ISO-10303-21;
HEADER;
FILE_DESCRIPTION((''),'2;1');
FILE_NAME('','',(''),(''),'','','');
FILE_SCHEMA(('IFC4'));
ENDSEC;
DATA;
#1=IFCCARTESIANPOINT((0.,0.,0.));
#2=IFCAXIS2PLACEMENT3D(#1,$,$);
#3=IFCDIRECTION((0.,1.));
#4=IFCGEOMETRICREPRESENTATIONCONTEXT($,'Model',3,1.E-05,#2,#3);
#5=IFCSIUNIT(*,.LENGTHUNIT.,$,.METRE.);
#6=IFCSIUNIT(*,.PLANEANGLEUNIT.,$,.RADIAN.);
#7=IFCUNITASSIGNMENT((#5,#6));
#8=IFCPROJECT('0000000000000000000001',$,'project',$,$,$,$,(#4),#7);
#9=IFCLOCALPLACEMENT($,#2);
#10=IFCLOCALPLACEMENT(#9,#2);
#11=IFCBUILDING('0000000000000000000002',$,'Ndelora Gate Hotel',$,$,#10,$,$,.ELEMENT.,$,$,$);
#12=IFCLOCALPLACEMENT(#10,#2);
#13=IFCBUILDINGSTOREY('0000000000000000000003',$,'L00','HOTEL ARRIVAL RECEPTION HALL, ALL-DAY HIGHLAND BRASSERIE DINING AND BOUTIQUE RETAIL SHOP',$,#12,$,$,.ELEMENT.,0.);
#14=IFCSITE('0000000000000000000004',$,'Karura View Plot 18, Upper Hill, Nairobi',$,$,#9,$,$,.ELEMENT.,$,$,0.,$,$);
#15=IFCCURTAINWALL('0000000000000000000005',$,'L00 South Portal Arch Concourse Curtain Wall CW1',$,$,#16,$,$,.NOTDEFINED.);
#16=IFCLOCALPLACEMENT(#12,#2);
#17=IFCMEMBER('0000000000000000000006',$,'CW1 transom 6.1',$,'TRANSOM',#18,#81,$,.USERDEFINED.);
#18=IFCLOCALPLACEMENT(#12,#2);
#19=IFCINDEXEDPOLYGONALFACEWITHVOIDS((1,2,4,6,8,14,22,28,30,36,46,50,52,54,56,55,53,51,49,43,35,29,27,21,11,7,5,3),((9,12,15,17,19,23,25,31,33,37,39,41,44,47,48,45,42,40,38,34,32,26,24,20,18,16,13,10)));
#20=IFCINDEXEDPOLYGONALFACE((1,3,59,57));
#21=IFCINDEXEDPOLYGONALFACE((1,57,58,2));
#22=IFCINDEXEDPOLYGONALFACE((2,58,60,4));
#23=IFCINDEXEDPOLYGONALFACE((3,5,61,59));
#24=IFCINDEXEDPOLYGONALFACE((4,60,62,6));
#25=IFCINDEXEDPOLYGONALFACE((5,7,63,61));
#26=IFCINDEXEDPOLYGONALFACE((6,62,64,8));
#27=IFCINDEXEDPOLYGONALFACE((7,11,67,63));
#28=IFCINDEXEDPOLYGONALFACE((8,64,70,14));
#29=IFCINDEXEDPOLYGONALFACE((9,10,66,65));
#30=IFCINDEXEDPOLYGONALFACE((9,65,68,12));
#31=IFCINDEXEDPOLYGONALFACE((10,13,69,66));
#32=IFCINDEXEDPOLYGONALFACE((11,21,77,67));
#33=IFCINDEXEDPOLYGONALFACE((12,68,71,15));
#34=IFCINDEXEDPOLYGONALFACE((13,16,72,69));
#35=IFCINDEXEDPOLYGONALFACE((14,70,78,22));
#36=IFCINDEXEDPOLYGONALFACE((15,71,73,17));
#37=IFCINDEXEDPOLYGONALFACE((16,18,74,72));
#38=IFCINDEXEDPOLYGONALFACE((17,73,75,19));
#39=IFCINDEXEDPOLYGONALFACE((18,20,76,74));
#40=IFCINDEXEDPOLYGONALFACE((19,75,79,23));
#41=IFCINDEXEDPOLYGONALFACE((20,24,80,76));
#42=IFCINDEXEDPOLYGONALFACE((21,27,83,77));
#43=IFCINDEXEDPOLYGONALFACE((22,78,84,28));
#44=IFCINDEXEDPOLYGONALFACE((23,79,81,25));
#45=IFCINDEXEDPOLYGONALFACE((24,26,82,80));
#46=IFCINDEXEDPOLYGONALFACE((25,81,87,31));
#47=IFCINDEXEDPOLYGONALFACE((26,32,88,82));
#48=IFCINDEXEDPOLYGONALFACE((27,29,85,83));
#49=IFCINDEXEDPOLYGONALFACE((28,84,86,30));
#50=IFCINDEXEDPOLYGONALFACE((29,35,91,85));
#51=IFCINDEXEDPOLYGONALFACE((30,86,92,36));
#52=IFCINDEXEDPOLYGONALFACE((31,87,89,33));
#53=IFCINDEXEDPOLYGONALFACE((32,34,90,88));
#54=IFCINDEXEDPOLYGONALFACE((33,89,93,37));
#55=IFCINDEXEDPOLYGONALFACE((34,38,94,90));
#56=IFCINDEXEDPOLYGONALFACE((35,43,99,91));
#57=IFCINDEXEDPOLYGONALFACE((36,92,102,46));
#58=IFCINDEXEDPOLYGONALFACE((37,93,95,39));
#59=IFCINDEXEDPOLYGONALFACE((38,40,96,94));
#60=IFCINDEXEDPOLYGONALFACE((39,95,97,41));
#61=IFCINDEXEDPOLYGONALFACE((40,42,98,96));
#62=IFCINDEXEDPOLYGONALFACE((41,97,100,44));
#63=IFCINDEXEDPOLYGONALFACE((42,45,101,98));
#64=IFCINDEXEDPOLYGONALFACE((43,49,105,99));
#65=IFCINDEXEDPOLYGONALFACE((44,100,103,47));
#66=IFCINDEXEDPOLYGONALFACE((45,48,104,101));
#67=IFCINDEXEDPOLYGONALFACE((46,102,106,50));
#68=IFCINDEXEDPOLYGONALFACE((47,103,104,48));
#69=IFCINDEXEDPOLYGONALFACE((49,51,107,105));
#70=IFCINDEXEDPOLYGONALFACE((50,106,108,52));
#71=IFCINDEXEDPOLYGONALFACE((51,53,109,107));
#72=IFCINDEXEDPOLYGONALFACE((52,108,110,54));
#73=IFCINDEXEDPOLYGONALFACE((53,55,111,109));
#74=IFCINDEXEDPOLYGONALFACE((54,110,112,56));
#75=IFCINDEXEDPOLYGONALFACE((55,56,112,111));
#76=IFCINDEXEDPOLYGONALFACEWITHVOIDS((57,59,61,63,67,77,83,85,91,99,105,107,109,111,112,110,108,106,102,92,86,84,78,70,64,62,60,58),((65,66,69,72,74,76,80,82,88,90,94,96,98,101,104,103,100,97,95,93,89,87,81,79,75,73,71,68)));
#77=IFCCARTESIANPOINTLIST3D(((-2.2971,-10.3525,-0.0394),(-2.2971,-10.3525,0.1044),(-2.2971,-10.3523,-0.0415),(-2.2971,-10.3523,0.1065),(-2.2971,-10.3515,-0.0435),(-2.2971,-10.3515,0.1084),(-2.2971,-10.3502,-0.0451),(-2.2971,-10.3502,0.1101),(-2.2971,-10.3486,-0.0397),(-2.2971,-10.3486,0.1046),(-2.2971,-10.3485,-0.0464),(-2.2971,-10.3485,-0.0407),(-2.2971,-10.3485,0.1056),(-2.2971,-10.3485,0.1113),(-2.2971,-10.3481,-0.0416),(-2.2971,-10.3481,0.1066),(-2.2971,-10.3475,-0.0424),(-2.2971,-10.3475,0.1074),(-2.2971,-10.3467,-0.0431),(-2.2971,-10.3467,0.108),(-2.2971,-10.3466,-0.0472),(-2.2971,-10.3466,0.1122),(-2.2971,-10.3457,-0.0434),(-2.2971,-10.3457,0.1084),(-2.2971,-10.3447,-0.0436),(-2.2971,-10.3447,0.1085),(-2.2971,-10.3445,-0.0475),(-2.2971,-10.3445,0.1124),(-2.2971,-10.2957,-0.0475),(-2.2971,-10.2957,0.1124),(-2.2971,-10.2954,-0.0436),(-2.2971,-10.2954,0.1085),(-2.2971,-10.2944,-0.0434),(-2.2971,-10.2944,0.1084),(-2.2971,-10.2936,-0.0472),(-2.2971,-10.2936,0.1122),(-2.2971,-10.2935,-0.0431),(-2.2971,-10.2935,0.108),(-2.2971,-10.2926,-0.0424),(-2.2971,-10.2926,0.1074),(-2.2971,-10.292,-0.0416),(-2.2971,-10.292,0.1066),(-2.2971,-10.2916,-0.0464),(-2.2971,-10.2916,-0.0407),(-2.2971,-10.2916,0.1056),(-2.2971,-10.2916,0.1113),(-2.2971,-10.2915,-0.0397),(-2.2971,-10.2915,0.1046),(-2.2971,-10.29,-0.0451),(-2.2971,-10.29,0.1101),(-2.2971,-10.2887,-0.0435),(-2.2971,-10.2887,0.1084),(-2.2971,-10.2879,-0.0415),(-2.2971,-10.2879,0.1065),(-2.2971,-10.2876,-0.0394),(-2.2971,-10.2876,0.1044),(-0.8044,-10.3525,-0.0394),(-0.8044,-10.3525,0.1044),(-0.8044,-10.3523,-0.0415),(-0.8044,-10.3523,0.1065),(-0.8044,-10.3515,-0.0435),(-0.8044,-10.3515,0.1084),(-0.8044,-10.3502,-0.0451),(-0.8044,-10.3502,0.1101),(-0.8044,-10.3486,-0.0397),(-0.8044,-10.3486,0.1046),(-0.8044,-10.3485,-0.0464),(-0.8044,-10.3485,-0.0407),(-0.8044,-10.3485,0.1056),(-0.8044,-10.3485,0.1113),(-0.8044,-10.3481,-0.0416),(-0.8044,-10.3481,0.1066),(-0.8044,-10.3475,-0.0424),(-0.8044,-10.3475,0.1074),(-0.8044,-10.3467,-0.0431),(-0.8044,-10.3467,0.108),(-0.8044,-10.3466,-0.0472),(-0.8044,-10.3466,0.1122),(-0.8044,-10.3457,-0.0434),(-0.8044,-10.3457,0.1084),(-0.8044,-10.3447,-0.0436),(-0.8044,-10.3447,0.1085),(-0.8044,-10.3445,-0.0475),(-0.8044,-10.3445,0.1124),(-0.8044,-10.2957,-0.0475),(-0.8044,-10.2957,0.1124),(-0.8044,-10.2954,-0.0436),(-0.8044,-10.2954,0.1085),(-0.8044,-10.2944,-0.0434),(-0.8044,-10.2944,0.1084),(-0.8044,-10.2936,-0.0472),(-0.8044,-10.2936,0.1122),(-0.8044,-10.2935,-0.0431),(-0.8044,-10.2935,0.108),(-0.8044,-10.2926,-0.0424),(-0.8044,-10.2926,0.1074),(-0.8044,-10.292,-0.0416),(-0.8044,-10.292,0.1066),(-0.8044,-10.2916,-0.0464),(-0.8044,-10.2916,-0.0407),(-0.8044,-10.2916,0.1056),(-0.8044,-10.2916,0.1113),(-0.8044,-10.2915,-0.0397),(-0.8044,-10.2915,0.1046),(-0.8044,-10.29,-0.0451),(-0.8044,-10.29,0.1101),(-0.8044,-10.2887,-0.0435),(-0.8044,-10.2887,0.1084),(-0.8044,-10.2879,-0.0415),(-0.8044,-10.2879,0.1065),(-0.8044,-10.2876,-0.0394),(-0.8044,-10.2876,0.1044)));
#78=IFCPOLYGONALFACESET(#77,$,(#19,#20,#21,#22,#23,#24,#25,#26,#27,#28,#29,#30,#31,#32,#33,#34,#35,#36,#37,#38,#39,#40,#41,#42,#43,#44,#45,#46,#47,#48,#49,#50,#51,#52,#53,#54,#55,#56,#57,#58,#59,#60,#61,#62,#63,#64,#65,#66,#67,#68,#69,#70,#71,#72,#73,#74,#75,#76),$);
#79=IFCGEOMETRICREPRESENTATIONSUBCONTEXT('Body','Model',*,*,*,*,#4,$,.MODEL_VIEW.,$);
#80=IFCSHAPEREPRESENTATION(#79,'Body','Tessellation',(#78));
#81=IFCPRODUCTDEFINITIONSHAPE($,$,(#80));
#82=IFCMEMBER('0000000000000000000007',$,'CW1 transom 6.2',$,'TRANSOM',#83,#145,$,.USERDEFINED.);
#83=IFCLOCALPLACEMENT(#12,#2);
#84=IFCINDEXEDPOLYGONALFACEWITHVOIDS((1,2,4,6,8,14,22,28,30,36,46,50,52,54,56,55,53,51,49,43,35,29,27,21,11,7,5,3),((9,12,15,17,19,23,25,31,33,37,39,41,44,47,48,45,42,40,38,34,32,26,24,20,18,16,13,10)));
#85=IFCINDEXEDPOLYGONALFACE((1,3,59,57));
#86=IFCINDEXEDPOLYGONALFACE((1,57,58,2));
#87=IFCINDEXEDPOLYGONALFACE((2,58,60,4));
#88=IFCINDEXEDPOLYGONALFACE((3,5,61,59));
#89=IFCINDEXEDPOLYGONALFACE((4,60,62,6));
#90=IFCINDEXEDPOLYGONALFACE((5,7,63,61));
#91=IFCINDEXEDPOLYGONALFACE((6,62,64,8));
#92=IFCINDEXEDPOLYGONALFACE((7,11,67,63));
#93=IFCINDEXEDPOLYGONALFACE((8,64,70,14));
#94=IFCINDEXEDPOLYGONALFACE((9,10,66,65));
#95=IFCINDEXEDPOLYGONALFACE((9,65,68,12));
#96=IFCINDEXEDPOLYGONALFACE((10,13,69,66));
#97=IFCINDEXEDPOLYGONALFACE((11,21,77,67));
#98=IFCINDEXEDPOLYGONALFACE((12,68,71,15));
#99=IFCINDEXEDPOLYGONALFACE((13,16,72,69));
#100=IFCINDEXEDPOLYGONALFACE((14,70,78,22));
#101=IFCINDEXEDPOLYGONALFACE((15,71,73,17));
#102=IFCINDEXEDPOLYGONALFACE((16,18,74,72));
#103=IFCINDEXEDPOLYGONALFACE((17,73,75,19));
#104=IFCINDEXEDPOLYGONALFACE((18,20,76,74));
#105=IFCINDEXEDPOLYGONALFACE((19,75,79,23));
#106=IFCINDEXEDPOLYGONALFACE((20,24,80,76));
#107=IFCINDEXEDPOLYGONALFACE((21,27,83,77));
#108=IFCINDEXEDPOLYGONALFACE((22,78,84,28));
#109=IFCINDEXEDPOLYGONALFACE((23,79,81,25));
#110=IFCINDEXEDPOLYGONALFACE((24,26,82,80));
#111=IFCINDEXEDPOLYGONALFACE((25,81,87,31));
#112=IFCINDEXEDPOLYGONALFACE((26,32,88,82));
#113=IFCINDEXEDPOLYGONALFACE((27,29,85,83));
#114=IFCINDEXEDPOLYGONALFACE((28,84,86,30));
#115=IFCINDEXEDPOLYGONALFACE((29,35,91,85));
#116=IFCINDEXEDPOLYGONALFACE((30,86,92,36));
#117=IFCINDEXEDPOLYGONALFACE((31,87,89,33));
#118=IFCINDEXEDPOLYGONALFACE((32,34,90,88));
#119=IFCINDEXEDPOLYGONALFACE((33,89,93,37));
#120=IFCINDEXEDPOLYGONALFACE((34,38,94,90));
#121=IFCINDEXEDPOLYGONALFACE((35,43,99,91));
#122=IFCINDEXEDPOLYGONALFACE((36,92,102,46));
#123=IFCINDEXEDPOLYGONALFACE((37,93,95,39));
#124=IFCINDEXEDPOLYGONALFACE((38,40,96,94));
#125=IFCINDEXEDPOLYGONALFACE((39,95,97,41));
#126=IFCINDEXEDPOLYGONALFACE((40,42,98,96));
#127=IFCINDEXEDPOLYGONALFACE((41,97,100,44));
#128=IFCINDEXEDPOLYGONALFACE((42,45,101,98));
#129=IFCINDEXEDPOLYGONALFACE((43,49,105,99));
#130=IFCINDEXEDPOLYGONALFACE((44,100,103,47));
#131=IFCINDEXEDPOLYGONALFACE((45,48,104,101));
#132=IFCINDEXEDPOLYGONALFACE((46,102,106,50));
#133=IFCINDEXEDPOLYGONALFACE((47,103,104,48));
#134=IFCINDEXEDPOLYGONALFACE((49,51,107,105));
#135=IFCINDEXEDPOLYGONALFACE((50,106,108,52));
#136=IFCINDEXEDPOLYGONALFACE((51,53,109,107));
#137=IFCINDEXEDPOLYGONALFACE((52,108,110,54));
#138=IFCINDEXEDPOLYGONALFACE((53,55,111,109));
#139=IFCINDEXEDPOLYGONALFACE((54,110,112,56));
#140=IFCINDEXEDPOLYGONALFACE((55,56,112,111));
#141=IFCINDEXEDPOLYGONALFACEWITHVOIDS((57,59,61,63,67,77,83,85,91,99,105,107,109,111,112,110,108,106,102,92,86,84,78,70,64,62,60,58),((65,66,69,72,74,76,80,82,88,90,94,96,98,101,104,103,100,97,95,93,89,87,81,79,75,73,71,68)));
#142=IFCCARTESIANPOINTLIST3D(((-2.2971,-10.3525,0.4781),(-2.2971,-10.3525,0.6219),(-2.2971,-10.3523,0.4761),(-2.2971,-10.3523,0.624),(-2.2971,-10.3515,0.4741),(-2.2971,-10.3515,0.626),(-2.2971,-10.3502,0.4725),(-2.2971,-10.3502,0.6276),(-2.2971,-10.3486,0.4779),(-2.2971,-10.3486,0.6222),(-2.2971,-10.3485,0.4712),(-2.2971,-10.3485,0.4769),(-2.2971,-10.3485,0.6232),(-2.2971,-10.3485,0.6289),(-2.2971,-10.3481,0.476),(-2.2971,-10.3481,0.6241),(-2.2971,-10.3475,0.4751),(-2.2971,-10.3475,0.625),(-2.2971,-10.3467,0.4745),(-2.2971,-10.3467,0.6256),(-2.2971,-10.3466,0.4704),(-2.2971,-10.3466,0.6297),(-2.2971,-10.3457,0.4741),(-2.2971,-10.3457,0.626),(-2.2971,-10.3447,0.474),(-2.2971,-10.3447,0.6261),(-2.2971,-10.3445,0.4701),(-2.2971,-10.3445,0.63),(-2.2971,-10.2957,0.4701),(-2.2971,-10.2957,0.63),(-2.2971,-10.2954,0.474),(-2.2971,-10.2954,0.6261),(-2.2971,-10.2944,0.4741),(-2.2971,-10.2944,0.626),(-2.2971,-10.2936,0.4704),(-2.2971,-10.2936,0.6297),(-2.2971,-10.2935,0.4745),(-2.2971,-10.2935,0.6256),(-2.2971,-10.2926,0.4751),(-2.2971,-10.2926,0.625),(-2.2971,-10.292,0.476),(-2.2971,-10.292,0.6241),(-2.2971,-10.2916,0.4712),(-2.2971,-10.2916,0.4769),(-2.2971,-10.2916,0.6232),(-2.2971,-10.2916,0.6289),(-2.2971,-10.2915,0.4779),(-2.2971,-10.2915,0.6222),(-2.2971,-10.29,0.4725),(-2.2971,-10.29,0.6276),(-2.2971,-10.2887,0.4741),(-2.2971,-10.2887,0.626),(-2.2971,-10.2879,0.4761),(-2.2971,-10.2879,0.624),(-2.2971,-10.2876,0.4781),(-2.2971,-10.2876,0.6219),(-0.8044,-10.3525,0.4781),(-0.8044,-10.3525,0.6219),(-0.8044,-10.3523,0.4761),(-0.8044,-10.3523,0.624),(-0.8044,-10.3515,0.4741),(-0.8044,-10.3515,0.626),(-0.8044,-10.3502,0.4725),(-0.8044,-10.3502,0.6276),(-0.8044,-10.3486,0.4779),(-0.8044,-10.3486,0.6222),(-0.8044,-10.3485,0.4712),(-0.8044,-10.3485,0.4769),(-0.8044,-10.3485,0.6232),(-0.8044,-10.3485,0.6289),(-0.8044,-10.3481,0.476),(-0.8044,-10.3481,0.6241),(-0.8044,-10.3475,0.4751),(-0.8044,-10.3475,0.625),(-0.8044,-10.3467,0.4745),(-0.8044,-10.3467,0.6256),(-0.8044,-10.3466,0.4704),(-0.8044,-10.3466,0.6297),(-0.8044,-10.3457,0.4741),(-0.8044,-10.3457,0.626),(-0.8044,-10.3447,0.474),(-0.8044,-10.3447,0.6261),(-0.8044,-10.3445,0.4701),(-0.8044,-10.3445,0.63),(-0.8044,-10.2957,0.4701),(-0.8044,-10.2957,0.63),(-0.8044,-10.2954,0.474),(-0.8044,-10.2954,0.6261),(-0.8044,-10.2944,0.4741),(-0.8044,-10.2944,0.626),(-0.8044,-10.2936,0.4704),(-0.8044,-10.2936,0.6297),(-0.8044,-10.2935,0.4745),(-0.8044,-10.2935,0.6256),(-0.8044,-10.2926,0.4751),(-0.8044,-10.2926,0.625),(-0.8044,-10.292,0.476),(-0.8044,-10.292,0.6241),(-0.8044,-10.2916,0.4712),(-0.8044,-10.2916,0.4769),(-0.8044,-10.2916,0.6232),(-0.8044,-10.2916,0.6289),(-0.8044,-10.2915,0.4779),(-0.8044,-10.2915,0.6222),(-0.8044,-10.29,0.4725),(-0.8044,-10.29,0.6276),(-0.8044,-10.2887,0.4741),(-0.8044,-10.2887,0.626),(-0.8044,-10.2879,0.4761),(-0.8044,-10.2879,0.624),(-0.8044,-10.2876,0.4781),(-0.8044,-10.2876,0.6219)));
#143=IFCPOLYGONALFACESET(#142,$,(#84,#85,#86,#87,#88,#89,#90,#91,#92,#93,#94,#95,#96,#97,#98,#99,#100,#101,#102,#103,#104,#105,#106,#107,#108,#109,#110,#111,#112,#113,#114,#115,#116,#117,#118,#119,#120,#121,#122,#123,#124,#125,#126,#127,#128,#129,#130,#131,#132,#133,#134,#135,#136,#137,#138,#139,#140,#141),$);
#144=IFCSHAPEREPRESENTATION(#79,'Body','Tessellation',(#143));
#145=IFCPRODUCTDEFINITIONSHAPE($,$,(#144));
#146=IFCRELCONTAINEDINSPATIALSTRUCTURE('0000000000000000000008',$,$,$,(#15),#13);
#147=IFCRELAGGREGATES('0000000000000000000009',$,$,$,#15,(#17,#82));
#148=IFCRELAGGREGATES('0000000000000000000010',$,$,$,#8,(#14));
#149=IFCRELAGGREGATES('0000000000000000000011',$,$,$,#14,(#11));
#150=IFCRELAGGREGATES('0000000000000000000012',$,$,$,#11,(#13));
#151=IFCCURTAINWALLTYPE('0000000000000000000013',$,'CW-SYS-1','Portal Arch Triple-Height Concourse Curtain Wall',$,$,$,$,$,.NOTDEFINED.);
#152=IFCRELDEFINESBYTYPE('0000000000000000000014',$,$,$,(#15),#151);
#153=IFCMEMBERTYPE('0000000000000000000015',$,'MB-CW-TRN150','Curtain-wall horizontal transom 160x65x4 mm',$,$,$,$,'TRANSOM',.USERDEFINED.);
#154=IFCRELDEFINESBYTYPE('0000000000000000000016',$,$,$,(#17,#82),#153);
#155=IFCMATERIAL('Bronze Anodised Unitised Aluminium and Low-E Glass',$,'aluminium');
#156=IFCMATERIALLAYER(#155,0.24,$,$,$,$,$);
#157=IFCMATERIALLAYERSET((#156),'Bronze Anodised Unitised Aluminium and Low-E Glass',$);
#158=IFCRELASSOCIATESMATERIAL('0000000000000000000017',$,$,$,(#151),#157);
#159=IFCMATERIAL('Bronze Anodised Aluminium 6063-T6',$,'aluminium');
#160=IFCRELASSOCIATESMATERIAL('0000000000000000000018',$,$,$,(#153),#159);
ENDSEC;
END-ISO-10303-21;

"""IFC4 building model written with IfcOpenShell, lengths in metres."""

from ifc_helpers import new_model, si_unit, direction, frame, origin, origin_2d, place, context, subcontext, project, spatial, hollow_rectangle, extrude, material, layer, layer_set, material_profile, profile_set, type_object, element, aggregate, save


model = new_model("IFC4")

# Units and contexts
model_context = context("Model", 3, precision=1e-05, world=origin(), true_north=direction((0.0, 1.0)))
body_context = subcontext(model_context, "Body", "Model", "MODEL_VIEW")
ifc_project = project(units=[si_unit("LENGTHUNIT", "METRE"), si_unit("PLANEANGLEUNIT", "RADIAN")], contexts=[model_context])

# Site, building, storey
site_placement = place(None, origin())
site = spatial("IfcSite", under=ifc_project, at=site_placement, Name="Karura View Plot 18, Upper Hill, Nairobi", CompositionType="ELEMENT", RefElevation=0.0)
building_placement = place(site_placement, origin())
building = spatial("IfcBuilding", under=site, at=building_placement, Name="Ndelora Gate Hotel", CompositionType="ELEMENT")
storey_placement = place(building_placement, origin())
storey = spatial("IfcBuildingStorey", under=building, at=storey_placement, Name="L00", Description="HOTEL ARRIVAL RECEPTION HALL, ALL-DAY HIGHLAND BRASSERIE DINING AND BOUTIQUE RETAIL SHOP", CompositionType="ELEMENT", Elevation=0.0)

# Curtain wall, members
ifc_material_1 = material(Name="Bronze Anodised Unitised Aluminium and Low-E Glass", Category="aluminium")
ifc_layer_1 = layer(ifc_material_1, 0.24)
ifc_layer_set_1 = layer_set([ifc_layer_1], Name="Bronze Anodised Unitised Aluminium and Low-E Glass")
curtain_wall_type = type_object("IfcCurtainWallType", Name="CW-SYS-1", Description="Portal Arch Triple-Height Concourse Curtain Wall", PredefinedType="NOTDEFINED", material=ifc_layer_set_1)
curtain_wall_placement = place(storey_placement, origin())
curtain_wall = element("IfcCurtainWall", 1, at=curtain_wall_placement, inside=storey, type_object=curtain_wall_type, Name="L00 South Portal Arch Concourse Curtain Wall CW1", PredefinedType="NOTDEFINED")
ifc_material_2 = material(Name="Bronze Anodised Aluminium 6063-T6", Category="aluminium")
ifc_material_profile_1 = material_profile(ifc_material_2, hollow_rectangle(XDim=0.0649, YDim=0.1599, WallThickness=0.0039, InnerFilletRadius=0.0039, OuterFilletRadius=0.0081, at=origin_2d()), Name="ALU 160x65x4")
ifc_profile_set_1 = profile_set([ifc_material_profile_1], Name="Bronze Anodised Aluminium 6063-T6")
member_type_1 = type_object("IfcMemberType", Name="MB-CW-TRN150", Description="Curtain-wall horizontal transom 160x65x4 mm", ElementType="TRANSOM", PredefinedType="USERDEFINED", material=ifc_profile_set_1)
member_1_placement = place(storey_placement, frame((-2.2971, -10.3201, 0.0325), z_axis=(1.0, 0.0, 0.0), x_axis=(0.0, 1.0, 0.0)))
member_1 = element("IfcMember", 2, at=member_1_placement, type_object=member_type_1, Name="CW1 transom 6.1", ObjectType="TRANSOM", PredefinedType="USERDEFINED", context=body_context, shape_type="SweptSolid", body=[
    extrude(hollow_rectangle(XDim=0.0649, YDim=0.1599, WallThickness=0.0039, InnerFilletRadius=0.0039, OuterFilletRadius=0.0081, at=origin_2d()), origin(), (0.0, 0.0, 1.0), 1.4927),
])
member_2_placement = place(storey_placement, frame((-2.2971, -10.3201, 0.55), z_axis=(1.0, 0.0, 0.0), x_axis=(0.0, 1.0, 0.0)))
member_2 = element("IfcMember", 3, at=member_2_placement, type_object=member_type_1, Name="CW1 transom 6.2", ObjectType="TRANSOM", PredefinedType="USERDEFINED", context=body_context, shape_type="SweptSolid", body=[
    extrude(hollow_rectangle(XDim=0.0649, YDim=0.1599, WallThickness=0.0039, InnerFilletRadius=0.0039, OuterFilletRadius=0.0081, at=origin_2d()), origin(), (0.0, 0.0, 1.0), 1.4927),
])
aggregate(curtain_wall, [member_1, member_2])

save(model, "model.ifc")
